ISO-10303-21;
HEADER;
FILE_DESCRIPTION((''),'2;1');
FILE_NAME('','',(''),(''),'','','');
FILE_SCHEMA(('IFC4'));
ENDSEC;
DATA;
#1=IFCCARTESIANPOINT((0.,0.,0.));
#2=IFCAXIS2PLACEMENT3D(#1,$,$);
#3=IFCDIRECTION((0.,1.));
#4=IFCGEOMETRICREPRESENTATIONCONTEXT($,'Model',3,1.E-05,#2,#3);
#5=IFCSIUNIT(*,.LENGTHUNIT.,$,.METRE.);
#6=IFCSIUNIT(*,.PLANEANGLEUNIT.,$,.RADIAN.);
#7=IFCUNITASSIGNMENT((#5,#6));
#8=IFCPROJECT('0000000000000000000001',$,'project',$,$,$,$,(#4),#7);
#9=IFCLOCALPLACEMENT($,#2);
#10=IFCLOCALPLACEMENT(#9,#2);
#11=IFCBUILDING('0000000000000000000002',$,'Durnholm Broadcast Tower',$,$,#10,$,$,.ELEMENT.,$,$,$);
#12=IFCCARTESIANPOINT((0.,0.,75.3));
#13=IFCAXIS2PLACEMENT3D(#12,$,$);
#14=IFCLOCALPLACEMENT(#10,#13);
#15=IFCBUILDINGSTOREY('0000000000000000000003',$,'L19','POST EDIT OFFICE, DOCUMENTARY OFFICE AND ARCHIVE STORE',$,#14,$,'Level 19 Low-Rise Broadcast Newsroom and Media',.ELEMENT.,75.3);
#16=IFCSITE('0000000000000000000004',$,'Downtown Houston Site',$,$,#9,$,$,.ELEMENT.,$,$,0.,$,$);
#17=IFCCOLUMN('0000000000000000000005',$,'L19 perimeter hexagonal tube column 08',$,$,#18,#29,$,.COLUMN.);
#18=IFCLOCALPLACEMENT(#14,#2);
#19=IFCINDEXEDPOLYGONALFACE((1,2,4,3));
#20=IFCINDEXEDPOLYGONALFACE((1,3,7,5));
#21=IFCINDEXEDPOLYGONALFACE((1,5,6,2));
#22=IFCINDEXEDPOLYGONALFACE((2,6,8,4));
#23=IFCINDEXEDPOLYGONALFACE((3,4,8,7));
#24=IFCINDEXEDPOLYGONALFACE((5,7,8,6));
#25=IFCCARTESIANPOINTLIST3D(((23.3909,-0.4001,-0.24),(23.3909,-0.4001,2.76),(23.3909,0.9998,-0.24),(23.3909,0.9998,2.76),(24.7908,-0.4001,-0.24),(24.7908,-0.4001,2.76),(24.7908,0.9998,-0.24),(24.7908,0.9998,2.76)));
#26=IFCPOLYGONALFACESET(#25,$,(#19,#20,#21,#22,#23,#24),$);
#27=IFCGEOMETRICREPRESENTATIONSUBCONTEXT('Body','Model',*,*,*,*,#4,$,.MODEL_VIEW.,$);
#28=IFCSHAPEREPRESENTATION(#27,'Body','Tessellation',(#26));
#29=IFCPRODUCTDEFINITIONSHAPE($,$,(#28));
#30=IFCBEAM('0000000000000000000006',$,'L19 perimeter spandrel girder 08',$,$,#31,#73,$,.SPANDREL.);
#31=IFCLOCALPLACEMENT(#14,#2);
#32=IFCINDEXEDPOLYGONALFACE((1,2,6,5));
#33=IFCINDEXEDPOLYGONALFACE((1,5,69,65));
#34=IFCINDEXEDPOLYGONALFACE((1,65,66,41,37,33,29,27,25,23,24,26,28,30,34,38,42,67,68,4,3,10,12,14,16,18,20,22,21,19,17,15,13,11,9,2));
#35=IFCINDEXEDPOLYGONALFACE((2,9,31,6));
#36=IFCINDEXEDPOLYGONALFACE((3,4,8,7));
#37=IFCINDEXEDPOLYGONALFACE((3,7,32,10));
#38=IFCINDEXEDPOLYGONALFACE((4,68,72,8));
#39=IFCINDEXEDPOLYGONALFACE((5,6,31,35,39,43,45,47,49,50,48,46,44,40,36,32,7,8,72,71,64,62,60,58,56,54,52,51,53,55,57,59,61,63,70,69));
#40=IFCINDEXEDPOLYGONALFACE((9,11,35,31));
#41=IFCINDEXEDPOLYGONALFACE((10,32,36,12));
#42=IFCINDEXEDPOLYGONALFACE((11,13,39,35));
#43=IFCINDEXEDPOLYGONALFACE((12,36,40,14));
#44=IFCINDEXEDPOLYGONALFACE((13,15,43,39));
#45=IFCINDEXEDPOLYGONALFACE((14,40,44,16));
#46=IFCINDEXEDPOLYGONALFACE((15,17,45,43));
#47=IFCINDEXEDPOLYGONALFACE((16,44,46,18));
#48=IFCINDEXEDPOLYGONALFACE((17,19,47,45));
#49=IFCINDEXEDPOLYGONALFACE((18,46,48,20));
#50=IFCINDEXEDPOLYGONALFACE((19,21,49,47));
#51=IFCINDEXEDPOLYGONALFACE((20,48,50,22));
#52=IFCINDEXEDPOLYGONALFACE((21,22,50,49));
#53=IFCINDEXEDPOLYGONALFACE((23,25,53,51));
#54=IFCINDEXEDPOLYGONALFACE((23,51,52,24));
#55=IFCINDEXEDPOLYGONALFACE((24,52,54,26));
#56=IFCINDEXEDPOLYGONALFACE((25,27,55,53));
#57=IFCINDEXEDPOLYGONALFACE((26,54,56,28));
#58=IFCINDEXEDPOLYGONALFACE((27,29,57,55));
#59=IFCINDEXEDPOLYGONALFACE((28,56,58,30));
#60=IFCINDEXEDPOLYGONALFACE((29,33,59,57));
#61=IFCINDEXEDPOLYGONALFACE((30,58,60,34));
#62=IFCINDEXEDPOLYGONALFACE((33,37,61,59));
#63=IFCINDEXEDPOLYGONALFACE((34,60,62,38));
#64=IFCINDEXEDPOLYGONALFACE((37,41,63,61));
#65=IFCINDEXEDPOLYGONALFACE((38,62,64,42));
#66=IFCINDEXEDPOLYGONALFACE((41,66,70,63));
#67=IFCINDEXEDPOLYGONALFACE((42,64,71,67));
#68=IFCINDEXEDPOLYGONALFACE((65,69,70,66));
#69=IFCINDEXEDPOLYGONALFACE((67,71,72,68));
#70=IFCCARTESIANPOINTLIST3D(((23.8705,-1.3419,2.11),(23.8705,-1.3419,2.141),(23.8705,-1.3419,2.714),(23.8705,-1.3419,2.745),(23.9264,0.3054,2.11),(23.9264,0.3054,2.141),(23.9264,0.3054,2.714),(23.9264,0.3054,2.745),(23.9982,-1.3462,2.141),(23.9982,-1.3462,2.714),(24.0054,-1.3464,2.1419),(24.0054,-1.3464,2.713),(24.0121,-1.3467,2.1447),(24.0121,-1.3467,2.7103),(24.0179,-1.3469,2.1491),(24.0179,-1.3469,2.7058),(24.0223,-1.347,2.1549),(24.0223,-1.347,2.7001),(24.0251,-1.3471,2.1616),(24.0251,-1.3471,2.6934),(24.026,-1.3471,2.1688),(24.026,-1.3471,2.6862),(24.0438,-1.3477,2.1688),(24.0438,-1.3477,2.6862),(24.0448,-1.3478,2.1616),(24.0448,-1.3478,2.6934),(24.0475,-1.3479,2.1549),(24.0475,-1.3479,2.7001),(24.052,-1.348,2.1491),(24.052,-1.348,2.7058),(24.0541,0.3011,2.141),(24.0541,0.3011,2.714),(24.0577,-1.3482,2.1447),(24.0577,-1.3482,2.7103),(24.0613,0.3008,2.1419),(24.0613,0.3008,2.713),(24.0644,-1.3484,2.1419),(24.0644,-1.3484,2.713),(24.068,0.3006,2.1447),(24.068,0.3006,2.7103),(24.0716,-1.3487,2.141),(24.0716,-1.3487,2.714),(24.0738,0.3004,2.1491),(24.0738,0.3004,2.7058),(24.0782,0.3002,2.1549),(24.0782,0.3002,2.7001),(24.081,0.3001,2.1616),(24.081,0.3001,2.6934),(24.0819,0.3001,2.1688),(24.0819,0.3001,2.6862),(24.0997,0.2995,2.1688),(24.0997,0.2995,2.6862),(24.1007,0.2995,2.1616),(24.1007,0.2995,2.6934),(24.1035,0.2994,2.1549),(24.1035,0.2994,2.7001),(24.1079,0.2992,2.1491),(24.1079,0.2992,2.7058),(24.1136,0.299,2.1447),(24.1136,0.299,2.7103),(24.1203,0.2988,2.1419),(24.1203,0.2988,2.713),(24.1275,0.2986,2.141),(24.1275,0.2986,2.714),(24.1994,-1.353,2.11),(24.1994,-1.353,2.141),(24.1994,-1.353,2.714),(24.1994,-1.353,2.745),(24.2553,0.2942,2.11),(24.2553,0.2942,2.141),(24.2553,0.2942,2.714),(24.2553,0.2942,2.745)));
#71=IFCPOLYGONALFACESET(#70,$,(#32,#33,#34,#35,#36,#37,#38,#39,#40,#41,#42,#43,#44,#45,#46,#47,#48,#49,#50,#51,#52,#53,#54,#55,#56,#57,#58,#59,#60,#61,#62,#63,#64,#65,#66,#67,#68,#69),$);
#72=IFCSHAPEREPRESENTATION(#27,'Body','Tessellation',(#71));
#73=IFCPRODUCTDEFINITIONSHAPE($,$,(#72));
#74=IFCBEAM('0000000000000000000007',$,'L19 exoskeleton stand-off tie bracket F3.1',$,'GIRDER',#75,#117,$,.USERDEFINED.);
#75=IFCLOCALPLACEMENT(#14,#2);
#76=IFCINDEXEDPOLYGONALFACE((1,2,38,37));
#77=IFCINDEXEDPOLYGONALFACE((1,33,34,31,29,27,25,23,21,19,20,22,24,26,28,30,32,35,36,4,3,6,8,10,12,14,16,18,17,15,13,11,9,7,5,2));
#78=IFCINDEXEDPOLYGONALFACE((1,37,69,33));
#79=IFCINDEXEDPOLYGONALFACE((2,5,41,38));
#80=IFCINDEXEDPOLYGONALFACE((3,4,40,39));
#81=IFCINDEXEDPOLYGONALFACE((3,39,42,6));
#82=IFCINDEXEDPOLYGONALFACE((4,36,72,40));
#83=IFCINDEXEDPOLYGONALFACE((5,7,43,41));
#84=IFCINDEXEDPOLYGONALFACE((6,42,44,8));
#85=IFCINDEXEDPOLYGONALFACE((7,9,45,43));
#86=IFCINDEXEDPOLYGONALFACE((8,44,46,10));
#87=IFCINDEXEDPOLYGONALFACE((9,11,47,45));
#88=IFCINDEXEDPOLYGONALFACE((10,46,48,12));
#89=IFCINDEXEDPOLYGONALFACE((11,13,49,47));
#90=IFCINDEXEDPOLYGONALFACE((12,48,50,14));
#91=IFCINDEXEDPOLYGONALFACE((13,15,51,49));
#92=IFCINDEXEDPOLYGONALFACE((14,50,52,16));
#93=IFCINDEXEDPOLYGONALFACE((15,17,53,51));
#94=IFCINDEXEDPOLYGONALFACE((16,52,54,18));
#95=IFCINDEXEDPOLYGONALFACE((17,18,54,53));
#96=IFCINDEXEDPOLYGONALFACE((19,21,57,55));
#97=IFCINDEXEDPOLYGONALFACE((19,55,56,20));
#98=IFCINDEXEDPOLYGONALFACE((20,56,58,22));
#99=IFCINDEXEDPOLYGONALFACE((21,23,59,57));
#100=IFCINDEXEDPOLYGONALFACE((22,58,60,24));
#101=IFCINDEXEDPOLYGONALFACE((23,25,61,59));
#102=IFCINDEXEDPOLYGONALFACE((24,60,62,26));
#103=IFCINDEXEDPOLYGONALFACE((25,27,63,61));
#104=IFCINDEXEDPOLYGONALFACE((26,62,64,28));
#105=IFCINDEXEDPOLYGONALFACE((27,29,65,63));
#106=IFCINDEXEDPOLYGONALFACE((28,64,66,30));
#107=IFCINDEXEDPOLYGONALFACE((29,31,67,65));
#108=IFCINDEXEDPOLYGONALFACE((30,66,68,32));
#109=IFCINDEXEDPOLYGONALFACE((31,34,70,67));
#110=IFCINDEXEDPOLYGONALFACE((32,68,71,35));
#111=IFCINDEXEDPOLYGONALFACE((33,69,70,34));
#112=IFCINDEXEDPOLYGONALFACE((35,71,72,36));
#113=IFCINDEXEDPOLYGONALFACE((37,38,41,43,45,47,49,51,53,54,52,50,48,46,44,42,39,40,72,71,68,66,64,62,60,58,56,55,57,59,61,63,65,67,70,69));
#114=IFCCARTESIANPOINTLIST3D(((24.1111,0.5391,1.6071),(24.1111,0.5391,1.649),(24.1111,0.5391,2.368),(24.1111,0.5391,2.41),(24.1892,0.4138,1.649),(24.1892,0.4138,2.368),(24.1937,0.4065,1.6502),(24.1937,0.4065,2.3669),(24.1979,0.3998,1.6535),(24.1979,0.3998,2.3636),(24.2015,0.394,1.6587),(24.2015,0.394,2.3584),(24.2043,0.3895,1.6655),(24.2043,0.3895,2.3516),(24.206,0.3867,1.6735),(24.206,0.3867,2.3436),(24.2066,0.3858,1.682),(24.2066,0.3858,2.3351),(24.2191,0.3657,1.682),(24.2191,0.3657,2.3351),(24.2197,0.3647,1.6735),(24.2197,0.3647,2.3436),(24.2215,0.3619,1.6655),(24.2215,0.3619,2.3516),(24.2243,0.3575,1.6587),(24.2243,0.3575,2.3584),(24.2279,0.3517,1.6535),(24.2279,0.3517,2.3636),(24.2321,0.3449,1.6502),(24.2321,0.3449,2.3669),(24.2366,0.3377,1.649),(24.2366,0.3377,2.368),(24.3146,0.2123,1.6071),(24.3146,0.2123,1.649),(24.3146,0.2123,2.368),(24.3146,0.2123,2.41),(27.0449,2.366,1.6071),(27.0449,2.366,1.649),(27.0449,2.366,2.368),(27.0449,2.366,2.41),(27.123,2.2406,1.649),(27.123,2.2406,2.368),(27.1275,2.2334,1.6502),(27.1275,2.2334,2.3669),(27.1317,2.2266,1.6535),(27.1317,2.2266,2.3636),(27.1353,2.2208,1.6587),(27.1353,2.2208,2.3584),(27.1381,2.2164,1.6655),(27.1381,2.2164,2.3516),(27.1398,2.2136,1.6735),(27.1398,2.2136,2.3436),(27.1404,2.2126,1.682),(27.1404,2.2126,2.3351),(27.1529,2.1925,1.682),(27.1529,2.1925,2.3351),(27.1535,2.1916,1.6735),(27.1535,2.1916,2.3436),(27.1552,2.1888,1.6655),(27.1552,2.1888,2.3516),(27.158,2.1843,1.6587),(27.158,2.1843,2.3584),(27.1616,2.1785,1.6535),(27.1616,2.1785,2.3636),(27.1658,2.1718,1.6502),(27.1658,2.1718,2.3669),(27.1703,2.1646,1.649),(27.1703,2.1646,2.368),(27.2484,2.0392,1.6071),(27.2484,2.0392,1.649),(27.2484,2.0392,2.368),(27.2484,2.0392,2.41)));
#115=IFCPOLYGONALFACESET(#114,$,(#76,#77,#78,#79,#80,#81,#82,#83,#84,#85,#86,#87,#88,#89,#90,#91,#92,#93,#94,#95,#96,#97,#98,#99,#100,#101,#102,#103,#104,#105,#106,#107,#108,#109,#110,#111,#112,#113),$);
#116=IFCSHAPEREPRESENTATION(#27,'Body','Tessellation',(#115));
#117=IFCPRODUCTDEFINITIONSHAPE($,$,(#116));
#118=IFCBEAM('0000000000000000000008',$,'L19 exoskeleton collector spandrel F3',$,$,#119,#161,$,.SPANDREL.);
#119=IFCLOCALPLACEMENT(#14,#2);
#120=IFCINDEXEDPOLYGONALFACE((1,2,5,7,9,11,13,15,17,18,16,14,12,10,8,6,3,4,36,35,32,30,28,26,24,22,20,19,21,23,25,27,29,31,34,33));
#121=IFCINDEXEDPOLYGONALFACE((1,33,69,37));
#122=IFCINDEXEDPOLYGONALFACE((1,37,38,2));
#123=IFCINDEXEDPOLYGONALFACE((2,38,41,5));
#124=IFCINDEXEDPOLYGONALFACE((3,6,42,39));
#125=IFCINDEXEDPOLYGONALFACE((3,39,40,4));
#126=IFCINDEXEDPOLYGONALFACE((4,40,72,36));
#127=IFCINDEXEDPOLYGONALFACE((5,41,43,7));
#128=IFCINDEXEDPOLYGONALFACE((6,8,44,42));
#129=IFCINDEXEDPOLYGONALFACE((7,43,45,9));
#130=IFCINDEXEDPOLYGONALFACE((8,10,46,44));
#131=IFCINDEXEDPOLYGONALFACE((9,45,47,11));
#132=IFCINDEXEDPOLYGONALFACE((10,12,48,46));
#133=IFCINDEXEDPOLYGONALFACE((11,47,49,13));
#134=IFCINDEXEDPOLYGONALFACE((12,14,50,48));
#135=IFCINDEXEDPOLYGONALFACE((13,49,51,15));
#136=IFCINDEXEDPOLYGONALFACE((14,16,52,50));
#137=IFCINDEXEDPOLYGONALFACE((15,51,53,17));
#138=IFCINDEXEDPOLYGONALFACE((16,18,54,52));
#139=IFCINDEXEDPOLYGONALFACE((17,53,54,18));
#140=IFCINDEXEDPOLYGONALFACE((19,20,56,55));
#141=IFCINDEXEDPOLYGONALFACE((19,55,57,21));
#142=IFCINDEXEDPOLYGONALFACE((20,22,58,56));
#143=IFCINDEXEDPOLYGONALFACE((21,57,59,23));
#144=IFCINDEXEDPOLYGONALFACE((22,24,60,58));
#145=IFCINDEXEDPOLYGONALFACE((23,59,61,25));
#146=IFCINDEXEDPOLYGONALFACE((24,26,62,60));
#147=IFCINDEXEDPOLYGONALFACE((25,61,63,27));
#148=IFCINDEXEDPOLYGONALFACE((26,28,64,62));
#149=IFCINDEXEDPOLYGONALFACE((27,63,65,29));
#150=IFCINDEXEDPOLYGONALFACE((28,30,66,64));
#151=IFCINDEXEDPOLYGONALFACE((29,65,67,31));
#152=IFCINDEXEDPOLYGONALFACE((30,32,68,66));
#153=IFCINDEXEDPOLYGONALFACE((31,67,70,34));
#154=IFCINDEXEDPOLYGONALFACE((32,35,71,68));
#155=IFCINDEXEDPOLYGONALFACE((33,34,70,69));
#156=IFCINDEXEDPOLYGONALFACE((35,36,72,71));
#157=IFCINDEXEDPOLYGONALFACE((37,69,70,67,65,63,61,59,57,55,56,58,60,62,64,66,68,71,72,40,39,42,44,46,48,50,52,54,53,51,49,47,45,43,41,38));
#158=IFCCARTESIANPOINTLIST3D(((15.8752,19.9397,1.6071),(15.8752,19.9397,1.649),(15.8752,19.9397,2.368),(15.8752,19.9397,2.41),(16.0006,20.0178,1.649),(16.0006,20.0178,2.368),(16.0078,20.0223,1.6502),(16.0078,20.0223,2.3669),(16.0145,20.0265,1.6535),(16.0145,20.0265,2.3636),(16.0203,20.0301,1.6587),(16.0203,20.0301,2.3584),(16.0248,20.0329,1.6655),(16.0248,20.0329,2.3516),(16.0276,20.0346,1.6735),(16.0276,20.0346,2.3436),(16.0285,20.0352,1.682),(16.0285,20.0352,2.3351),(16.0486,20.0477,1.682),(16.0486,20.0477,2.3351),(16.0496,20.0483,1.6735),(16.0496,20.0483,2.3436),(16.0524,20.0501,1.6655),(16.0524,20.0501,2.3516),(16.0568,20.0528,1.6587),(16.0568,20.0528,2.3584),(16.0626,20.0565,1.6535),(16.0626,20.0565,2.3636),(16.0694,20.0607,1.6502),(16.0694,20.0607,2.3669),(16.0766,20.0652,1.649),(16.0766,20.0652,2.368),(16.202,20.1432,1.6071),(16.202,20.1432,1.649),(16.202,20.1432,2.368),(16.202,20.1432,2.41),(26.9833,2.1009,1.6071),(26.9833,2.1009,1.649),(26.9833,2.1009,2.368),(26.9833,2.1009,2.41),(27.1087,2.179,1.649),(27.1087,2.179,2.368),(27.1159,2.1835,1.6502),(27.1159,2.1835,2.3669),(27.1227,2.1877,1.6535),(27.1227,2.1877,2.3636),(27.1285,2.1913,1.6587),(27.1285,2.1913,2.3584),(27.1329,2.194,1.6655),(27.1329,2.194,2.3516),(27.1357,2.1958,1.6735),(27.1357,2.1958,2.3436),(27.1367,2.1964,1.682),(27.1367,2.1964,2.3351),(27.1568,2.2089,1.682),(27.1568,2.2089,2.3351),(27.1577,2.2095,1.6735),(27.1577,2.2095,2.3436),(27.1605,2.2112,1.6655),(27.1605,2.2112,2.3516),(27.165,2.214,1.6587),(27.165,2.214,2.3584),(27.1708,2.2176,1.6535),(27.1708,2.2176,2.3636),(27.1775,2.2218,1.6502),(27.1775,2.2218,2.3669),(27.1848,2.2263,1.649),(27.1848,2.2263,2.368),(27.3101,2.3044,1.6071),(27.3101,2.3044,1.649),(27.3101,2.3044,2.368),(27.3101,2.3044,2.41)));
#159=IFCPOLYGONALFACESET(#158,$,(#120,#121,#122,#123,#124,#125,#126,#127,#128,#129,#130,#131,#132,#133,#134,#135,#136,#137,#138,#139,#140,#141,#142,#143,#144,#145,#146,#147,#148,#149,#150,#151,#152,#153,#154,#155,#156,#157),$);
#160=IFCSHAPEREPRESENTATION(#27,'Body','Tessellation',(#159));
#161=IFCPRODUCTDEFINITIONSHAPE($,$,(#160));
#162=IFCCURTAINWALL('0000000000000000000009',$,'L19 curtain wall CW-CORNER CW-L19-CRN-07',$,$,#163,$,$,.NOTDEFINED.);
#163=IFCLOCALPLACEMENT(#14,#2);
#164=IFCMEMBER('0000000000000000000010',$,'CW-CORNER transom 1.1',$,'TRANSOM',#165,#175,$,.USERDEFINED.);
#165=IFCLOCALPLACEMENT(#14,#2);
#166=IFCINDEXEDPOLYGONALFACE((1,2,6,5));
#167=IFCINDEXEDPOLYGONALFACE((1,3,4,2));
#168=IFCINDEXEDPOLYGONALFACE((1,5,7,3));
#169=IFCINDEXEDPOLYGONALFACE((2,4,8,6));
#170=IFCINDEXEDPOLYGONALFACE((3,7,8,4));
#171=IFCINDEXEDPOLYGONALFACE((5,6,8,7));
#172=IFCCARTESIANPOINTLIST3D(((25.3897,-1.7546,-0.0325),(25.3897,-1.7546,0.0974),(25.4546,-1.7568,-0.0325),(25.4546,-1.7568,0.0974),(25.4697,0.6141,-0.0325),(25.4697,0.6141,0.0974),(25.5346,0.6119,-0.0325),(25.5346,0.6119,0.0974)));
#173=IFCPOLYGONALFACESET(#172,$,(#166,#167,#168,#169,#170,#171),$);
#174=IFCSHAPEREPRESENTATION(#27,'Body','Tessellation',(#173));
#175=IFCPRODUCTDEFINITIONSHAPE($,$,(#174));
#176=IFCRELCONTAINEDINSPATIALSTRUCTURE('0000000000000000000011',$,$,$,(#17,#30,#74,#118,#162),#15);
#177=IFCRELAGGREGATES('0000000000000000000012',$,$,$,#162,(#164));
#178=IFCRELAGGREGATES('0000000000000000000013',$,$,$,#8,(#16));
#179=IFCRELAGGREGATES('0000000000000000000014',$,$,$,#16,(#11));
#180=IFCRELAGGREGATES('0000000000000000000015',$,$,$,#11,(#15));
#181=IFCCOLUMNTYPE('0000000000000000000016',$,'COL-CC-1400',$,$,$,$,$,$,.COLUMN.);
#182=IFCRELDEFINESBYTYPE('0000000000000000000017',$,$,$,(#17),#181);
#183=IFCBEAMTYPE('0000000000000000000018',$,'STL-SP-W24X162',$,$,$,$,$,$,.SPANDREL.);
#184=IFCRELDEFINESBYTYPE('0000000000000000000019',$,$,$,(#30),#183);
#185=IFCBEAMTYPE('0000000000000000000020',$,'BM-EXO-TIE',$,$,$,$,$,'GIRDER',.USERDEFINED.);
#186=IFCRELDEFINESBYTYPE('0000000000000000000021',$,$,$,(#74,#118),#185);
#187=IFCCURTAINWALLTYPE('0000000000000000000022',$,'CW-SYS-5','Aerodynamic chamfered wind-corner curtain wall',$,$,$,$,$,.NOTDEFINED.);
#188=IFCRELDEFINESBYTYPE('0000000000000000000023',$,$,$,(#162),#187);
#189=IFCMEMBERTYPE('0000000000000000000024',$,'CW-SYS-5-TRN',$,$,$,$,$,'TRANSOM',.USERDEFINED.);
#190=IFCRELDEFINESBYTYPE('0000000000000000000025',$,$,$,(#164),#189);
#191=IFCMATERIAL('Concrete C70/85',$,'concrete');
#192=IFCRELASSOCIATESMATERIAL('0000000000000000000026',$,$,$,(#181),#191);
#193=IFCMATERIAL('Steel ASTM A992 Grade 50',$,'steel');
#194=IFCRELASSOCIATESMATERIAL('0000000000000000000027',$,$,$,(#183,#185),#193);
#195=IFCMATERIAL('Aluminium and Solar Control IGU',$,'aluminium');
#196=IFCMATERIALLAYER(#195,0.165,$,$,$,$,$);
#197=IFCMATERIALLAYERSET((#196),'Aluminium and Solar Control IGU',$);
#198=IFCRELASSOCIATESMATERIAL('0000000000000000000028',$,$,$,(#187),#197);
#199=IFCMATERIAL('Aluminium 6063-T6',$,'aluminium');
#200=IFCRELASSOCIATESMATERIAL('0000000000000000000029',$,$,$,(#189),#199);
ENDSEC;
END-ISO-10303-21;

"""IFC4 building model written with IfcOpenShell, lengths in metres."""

from ifc_helpers import new_model, si_unit, direction, frame, origin, origin_2d, place, context, subcontext, project, spatial, rectangle, i_section, extrude, source, transform, mapped, material, layer, layer_set, material_profile, profile_set, type_object, type_shapes, element, aggregate, save


model = new_model("IFC4")

# Units and contexts
model_context = context("Model", 3, precision=1e-05, world=origin(), true_north=direction((0.0, 1.0)))
body_context = subcontext(model_context, "Body", "Model", "MODEL_VIEW")
ifc_project = project(units=[si_unit("LENGTHUNIT", "METRE"), si_unit("PLANEANGLEUNIT", "RADIAN")], contexts=[model_context])

# Site, building, storey
site_placement = place(None, origin())
site = spatial("IfcSite", under=ifc_project, at=site_placement, Name="Downtown Houston Site", CompositionType="ELEMENT", RefElevation=0.0)
building_placement = place(site_placement, origin())
building = spatial("IfcBuilding", under=site, at=building_placement, Name="Durnholm Broadcast Tower", CompositionType="ELEMENT")
storey_placement = place(building_placement, frame((0.0, 0.0, 75.3)))
storey = spatial("IfcBuildingStorey", under=building, at=storey_placement, Name="L19", Description="POST EDIT OFFICE, DOCUMENTARY OFFICE AND ARCHIVE STORE", LongName="Level 19 Low-Rise Broadcast Newsroom and Media", CompositionType="ELEMENT", Elevation=75.3)

# Column
ifc_material_1 = material(Name="Concrete C70/85", Category="concrete")
ifc_material_profile_1 = material_profile(ifc_material_1, rectangle(XDim=1.3999, YDim=1.3999, at=origin_2d()), Name="RC1400X1400")
ifc_profile_set_1 = profile_set([ifc_material_profile_1], Name="Concrete C70/85")
column_type = type_object("IfcColumnType", Name="COL-CC-1400", PredefinedType="COLUMN", material=ifc_profile_set_1)
shared_shape_1 = source(origin(), body_context, "Body", "SweptSolid", [
    extrude(rectangle(XDim=1.3999, YDim=1.3999, at=origin_2d()), origin(), (0.0, 0.0, 1.0), 3.0),
])
type_shapes(column_type, [shared_shape_1])
column_placement = place(storey_placement, frame((24.0908, 0.2998, -0.24), z_axis=(0.0, 0.0, 1.0), x_axis=(1.0, 0.0, 0.0)))
element("IfcColumn", 1, at=column_placement, inside=storey, type_object=column_type, Name="L19 perimeter hexagonal tube column 08", PredefinedType="COLUMN", context=body_context, shape_type="MappedRepresentation", body=[
    mapped(shared_shape_1, transform((0.0, 0.0, 0.0), x_axis=(1.0, 0.0, 0.0), y_axis=(0.0, 1.0, 0.0), z_axis=(0.0, 0.0, 1.0), scale=1.0)),
])

# Beams
ifc_material_2 = material(Name="Steel ASTM A992 Grade 50", Category="steel")
ifc_material_profile_2 = material_profile(ifc_material_2, i_section(OverallWidth=0.3291, OverallDepth=0.635, WebThickness=0.0178, FlangeThickness=0.031, FilletRadius=0.0278, at=origin_2d()), Name="W24X162")
ifc_profile_set_2 = profile_set([ifc_material_profile_2], Name="Steel ASTM A992 Grade 50")
beam_type_1 = type_object("IfcBeamType", Name="STL-SP-W24X162", PredefinedType="SPANDREL", material=ifc_profile_set_2)
shared_shape_2 = source(origin(), body_context, "Body", "SweptSolid", [
    extrude(i_section(OverallWidth=0.3291, OverallDepth=0.635, WebThickness=0.0178, FlangeThickness=0.031, FilletRadius=0.0278, at=origin_2d()), origin(), (0.0, 0.0, 1.0), 1.6482),
])
type_shapes(beam_type_1, [shared_shape_2])
beam_1_placement = place(storey_placement, frame((24.0908, 0.2998, 2.4275), z_axis=(-0.033921, -0.999425, 0.0), x_axis=(0.999425, -0.033921, 0.0)))
element("IfcBeam", 2, at=beam_1_placement, inside=storey, type_object=beam_type_1, Name="L19 perimeter spandrel girder 08", PredefinedType="SPANDREL", context=body_context, shape_type="MappedRepresentation", body=[
    mapped(shared_shape_2, transform((0.0, 0.0, 0.0), x_axis=(1.0, 0.0, 0.0), y_axis=(0.0, 1.0, 0.0), z_axis=(0.0, 0.0, 1.0), scale=1.0)),
])
ifc_material_profile_3 = material_profile(ifc_material_2, i_section(OverallWidth=0.385, OverallDepth=0.803, WebThickness=0.0237, FlangeThickness=0.042, FilletRadius=0.033, at=origin_2d()), Name="W30X261")
ifc_profile_set_3 = profile_set([ifc_material_profile_3], Name="Steel ASTM A992 Grade 50")
beam_type_2 = type_object("IfcBeamType", Name="BM-EXO-TIE", ElementType="GIRDER", PredefinedType="USERDEFINED", material=ifc_profile_set_3)
shared_shape_3 = source(origin(), body_context, "Body", "SweptSolid", [
    extrude(i_section(OverallWidth=0.385, OverallDepth=0.803, WebThickness=0.0237, FlangeThickness=0.042, FilletRadius=0.033, at=origin_2d()), origin(), (0.0, 0.0, 1.0), 3.4561),
])
beam_2_placement = place(storey_placement, frame((24.2129, 0.3757, 2.0085), z_axis=(0.848874, 0.528595, 0.0), x_axis=(-0.528595, 0.848874, 0.0)))
element("IfcBeam", 3, at=beam_2_placement, inside=storey, type_object=beam_type_2, Name="L19 exoskeleton stand-off tie bracket F3.1", ObjectType="GIRDER", PredefinedType="USERDEFINED", context=body_context, shape_type="MappedRepresentation", body=[
    mapped(shared_shape_3, transform((0.0, 0.0, 0.0), x_axis=(1.0, 0.0, 0.0), y_axis=(0.0, 1.0, 0.0), z_axis=(0.0, 0.0, 1.0), scale=1.0)),
])
shared_shape_4 = source(origin(), body_context, "Body", "SweptSolid", [
    extrude(i_section(OverallWidth=0.385, OverallDepth=0.803, WebThickness=0.0237, FlangeThickness=0.042, FilletRadius=0.033, at=origin_2d()), origin(), (0.0, 0.0, 1.0), 21.0146),
])
type_shapes(beam_type_2, [shared_shape_3, shared_shape_4])
beam_3_placement = place(storey_placement, frame((27.1467, 2.2026, 2.0085), z_axis=(-0.528591, 0.848877, 0.0), x_axis=(-0.848877, -0.528591, 0.0)))
element("IfcBeam", 4, at=beam_3_placement, inside=storey, type_object=beam_type_2, Name="L19 exoskeleton collector spandrel F3", PredefinedType="SPANDREL", context=body_context, shape_type="MappedRepresentation", body=[
    mapped(shared_shape_4, transform((0.0, 0.0, 0.0), x_axis=(1.0, 0.0, 0.0), y_axis=(0.0, 1.0, 0.0), z_axis=(0.0, 0.0, 1.0), scale=1.0)),
])

# Curtain wall, member
ifc_material_3 = material(Name="Aluminium and Solar Control IGU", Category="aluminium")
ifc_layer_1 = layer(ifc_material_3, 0.165)
ifc_layer_set_1 = layer_set([ifc_layer_1], Name="Aluminium and Solar Control IGU")
curtain_wall_type_1 = type_object("IfcCurtainWallType", Name="CW-SYS-5", Description="Aerodynamic chamfered wind-corner curtain wall", PredefinedType="NOTDEFINED", material=ifc_layer_set_1)
curtain_wall_1_placement = place(storey_placement, origin())
curtain_wall_1 = element("IfcCurtainWall", 5, at=curtain_wall_1_placement, inside=storey, type_object=curtain_wall_type_1, Name="L19 curtain wall CW-CORNER CW-L19-CRN-07", PredefinedType="NOTDEFINED")
ifc_material_4 = material(Name="Aluminium 6063-T6", Category="aluminium")
ifc_material_profile_4 = material_profile(ifc_material_4, rectangle(XDim=0.0649, YDim=0.1299, at=origin_2d()), Name="CWT65X130")
ifc_profile_set_4 = profile_set([ifc_material_profile_4], Name="Aluminium 6063-T6")
member_type_1 = type_object("IfcMemberType", Name="CW-SYS-5-TRN", ElementType="TRANSOM", PredefinedType="USERDEFINED", material=ifc_profile_set_4)
shared_shape_5 = source(origin(), body_context, "Body", "SweptSolid", [
    extrude(rectangle(XDim=0.0649, YDim=0.1299, at=origin_2d()), origin(), (0.0, 0.0, 1.0), 2.3701),
])
type_shapes(member_type_1, [shared_shape_5])
member_1_placement = place(storey_placement, frame((25.5022, 0.613, 0.0325), z_axis=(-0.033788, -0.999429, 0.0), x_axis=(0.999429, -0.033788, 0.0)))
member_1 = element("IfcMember", 6, at=member_1_placement, type_object=member_type_1, Name="CW-CORNER transom 1.1", ObjectType="TRANSOM", PredefinedType="USERDEFINED", context=body_context, shape_type="MappedRepresentation", body=[
    mapped(shared_shape_5, transform((0.0, 0.0, 0.0), x_axis=(1.0, 0.0, 0.0), y_axis=(0.0, 1.0, 0.0), z_axis=(0.0, 0.0, 1.0), scale=1.0)),
])
aggregate(curtain_wall_1, [member_1])

save(model, "model.ifc")
